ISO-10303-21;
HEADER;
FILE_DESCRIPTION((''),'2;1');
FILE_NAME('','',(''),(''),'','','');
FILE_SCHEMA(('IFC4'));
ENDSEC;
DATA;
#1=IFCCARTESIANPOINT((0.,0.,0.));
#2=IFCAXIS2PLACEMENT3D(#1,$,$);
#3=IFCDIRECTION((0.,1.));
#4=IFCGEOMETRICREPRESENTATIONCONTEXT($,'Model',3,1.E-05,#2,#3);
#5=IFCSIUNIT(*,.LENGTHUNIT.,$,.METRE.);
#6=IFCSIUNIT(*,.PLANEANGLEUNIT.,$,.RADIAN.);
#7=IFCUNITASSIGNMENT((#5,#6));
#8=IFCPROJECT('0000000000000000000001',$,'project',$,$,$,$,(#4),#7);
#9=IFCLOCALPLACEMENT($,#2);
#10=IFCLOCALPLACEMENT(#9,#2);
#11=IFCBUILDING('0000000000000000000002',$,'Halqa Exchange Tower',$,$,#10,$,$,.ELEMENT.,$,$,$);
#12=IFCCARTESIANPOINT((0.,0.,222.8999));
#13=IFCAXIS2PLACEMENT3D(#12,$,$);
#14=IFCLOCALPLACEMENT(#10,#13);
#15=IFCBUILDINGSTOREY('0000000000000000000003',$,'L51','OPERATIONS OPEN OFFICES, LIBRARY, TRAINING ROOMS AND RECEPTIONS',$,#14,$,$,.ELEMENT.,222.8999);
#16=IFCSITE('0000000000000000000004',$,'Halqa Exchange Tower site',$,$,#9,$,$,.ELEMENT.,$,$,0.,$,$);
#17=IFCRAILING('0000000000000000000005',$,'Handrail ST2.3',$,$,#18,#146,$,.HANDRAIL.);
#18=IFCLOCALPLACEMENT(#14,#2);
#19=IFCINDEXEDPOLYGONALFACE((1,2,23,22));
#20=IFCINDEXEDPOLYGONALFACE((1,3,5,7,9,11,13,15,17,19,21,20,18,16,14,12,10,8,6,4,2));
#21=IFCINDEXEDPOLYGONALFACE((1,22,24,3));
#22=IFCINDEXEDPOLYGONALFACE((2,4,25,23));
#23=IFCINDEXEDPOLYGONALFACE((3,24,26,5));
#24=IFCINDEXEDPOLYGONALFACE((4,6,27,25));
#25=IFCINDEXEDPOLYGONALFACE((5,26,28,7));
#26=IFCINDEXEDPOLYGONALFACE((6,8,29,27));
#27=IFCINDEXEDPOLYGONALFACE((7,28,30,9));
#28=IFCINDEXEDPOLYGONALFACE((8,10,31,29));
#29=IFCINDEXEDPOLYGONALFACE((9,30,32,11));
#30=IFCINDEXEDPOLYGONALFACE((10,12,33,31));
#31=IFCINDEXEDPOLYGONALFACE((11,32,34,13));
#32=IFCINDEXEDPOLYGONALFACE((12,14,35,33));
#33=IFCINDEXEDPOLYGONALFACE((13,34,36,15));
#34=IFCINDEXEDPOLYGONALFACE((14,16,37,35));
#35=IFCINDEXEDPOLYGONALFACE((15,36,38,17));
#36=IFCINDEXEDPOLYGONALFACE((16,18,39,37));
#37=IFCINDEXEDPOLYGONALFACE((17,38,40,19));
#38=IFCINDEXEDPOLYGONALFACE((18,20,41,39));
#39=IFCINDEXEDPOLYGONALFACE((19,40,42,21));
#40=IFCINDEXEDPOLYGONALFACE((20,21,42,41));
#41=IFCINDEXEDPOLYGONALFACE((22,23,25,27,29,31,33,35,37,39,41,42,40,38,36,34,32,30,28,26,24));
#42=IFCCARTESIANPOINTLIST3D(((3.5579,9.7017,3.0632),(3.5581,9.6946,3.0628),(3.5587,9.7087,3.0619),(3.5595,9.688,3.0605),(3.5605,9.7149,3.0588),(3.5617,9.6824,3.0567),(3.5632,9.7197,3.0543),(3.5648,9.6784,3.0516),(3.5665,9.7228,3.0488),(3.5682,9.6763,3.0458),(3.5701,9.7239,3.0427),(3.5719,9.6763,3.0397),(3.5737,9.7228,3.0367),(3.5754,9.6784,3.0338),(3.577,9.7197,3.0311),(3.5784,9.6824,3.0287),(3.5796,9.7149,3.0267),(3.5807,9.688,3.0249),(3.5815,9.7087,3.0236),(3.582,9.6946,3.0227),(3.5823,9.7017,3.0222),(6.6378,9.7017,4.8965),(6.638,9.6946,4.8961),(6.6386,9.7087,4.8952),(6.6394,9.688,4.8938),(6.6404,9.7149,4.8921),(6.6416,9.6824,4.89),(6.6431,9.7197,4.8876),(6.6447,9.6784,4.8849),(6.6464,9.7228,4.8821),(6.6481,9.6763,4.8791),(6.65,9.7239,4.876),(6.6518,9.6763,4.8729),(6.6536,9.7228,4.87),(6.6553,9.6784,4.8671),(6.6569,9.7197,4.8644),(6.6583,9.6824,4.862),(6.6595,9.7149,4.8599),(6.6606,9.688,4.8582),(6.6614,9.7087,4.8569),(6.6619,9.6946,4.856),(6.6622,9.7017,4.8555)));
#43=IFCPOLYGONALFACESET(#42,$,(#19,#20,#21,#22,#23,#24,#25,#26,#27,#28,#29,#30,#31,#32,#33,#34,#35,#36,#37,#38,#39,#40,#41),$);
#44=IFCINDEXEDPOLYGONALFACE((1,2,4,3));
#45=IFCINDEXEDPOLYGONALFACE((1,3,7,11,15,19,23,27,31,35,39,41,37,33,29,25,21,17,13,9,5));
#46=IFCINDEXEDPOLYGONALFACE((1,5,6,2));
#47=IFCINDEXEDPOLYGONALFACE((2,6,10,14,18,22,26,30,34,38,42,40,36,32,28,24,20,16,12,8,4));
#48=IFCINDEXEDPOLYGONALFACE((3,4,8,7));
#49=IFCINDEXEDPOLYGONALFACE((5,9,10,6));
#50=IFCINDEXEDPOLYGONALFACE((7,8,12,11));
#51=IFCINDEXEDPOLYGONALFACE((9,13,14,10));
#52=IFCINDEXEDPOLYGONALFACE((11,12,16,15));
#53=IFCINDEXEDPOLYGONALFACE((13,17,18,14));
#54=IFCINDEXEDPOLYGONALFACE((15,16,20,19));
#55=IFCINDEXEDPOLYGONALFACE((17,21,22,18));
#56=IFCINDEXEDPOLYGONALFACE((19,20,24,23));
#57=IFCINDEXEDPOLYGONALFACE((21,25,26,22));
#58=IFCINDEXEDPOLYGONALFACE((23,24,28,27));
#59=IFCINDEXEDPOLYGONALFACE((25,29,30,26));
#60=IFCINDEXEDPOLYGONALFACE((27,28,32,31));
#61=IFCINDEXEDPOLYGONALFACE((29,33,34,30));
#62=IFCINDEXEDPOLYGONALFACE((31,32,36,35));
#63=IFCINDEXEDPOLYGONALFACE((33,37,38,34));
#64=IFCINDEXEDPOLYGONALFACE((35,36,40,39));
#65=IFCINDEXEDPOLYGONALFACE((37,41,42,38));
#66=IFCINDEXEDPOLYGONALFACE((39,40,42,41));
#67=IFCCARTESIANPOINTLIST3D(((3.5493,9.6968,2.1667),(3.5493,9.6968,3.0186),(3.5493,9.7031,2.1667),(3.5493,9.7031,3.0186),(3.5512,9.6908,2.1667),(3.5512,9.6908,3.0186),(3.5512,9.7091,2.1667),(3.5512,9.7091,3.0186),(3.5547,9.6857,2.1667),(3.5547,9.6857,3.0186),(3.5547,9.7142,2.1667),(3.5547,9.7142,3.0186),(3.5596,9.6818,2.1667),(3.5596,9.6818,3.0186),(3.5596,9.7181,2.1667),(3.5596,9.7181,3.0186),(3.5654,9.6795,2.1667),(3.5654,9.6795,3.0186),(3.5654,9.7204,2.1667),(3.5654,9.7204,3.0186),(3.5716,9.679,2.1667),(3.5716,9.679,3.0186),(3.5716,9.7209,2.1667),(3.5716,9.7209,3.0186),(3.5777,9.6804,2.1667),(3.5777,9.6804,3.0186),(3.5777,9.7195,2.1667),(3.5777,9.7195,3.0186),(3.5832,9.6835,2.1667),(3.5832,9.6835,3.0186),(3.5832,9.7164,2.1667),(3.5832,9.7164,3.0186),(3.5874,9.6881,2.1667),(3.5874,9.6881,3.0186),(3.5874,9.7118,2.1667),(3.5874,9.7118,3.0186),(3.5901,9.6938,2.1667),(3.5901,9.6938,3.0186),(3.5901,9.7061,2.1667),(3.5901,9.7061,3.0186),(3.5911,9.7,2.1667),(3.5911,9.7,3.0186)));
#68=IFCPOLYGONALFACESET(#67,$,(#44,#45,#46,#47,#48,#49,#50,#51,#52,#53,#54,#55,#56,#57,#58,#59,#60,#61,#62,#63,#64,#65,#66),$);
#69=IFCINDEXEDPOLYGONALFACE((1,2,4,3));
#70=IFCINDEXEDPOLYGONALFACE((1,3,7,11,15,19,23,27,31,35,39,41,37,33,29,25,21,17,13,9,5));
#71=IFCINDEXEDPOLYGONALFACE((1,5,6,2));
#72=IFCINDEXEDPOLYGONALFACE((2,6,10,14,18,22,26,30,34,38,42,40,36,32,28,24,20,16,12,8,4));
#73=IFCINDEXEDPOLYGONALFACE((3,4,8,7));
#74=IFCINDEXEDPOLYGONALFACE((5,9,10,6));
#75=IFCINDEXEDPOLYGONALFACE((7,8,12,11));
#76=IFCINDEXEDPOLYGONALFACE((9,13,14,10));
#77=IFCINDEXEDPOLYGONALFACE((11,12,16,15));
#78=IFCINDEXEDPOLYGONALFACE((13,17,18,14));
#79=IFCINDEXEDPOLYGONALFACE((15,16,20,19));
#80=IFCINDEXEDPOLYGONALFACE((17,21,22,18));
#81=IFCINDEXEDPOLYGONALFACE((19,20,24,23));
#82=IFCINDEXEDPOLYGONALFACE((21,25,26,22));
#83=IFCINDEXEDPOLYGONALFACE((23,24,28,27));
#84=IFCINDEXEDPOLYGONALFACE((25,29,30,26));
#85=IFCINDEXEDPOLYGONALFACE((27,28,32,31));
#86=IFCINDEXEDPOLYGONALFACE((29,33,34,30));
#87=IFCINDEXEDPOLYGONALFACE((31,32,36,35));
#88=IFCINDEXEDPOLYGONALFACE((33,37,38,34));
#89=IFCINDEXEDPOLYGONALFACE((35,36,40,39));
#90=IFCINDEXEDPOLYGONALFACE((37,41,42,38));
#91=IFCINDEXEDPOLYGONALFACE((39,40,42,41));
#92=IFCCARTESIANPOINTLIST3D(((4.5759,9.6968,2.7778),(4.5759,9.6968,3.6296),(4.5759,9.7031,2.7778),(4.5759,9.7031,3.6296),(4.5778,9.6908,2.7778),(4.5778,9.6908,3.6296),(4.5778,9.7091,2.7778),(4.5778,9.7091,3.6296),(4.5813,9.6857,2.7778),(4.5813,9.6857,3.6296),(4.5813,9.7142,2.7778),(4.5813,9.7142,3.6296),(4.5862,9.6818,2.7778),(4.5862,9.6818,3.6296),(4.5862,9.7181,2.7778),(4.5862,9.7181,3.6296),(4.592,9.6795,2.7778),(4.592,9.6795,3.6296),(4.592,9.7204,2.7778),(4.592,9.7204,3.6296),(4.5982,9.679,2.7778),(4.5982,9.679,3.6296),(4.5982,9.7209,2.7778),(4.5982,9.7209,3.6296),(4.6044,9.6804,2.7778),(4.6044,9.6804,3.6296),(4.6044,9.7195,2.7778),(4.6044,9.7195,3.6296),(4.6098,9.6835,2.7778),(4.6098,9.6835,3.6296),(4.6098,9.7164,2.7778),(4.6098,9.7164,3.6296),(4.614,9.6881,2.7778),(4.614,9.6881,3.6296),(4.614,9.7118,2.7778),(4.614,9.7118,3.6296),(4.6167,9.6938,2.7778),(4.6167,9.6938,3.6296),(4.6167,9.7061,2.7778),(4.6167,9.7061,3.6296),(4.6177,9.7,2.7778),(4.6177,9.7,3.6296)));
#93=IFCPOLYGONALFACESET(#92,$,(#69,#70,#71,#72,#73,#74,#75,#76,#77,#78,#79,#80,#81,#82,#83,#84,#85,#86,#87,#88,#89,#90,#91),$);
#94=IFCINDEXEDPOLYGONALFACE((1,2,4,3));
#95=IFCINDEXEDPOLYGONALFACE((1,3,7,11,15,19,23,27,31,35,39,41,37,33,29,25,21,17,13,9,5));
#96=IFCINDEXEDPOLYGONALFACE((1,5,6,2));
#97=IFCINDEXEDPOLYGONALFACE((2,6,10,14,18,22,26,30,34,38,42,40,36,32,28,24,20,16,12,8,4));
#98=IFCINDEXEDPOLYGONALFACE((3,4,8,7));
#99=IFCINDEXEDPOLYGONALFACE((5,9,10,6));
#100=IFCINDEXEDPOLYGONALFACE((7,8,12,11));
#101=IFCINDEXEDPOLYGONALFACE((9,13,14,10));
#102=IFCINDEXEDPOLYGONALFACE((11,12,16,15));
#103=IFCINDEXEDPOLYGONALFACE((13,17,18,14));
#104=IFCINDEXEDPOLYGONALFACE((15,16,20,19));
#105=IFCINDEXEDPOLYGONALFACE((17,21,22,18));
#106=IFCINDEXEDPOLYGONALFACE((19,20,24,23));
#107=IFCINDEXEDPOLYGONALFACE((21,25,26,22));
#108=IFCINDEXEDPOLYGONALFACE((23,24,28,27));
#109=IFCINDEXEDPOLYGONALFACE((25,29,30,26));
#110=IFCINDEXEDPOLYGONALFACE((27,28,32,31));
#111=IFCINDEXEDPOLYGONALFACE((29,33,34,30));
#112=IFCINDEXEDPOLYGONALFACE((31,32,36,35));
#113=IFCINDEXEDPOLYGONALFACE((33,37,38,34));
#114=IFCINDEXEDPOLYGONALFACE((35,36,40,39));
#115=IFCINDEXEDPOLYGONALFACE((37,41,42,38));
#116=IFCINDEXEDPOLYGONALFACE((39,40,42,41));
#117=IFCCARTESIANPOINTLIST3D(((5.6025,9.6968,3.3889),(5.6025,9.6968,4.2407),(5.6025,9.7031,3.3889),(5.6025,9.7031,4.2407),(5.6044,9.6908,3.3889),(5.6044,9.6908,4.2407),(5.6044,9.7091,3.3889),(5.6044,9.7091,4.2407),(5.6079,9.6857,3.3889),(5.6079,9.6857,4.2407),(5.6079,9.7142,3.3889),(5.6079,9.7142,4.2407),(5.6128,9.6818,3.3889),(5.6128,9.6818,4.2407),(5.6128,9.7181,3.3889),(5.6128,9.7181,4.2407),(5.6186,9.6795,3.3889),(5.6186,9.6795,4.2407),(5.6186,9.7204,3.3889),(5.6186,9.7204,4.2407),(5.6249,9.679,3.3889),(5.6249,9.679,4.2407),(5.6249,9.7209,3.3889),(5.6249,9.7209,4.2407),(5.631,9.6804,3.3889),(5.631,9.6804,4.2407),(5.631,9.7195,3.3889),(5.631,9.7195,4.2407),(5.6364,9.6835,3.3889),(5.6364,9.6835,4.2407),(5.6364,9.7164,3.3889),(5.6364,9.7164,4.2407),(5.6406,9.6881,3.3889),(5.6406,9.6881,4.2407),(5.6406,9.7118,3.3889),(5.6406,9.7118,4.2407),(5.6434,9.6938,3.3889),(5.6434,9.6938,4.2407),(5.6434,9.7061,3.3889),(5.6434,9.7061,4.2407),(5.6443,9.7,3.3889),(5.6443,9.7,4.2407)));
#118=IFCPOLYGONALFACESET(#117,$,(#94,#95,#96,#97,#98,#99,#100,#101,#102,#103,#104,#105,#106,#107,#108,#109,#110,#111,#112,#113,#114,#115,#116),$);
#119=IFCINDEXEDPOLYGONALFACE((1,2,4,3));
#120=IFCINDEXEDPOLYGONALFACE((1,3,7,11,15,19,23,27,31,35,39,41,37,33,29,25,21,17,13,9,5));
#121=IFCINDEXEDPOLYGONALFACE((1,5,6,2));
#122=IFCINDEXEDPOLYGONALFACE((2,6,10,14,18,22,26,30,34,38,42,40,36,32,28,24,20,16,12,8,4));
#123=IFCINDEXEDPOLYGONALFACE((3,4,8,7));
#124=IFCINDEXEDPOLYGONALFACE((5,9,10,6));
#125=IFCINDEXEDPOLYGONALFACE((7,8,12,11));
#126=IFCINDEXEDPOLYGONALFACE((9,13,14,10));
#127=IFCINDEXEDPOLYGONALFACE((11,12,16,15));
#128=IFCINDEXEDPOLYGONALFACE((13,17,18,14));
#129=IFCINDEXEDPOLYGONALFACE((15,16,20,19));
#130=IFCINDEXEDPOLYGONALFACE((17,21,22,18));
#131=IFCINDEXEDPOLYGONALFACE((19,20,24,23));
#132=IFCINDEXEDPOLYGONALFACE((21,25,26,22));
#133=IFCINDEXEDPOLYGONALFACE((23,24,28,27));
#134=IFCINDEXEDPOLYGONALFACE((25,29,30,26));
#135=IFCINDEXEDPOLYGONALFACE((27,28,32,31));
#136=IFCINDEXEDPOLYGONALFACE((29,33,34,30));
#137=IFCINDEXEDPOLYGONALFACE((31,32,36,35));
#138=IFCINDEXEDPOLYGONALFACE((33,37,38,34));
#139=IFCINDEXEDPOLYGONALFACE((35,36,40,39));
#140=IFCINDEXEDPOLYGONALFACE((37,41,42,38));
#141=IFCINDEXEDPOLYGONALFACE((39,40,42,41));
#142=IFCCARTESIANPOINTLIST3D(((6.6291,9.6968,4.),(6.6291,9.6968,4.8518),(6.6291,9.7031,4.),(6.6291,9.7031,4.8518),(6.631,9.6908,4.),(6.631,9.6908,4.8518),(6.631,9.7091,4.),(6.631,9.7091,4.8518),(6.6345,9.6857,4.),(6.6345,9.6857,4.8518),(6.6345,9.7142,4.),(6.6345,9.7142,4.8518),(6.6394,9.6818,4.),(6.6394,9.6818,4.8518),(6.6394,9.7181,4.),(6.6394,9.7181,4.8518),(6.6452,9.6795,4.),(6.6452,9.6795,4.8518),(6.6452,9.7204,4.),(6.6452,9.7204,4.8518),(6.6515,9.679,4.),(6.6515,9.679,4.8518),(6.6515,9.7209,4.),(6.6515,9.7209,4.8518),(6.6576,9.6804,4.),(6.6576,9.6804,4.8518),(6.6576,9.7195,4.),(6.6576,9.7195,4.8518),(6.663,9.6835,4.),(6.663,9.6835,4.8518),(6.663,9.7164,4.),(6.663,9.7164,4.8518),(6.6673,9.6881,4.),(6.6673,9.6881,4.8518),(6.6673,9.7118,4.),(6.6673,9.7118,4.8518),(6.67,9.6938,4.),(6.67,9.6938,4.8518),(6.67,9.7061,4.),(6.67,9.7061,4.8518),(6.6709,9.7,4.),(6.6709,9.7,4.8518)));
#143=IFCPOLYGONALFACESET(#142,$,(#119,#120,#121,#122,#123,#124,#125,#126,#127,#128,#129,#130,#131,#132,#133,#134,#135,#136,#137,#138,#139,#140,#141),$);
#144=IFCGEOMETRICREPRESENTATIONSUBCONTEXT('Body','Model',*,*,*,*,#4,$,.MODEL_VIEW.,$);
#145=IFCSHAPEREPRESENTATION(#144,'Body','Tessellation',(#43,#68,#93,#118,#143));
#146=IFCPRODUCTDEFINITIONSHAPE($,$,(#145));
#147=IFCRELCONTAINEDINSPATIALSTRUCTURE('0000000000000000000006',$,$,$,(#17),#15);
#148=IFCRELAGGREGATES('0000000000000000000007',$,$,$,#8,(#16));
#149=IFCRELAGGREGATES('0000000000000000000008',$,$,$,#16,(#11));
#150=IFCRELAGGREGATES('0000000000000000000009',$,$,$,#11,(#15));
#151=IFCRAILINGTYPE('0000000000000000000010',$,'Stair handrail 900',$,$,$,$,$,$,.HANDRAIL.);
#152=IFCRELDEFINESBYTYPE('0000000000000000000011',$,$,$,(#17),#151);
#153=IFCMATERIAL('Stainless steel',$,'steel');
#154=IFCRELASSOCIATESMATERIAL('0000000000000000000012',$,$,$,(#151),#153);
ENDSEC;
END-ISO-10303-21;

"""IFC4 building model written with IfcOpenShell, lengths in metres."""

from ifc_helpers import new_model, si_unit, direction, frame, origin, origin_2d, place, context, subcontext, project, spatial, circle, extrude, material, type_object, element, save


model = new_model("IFC4")

# Units and contexts
model_context = context("Model", 3, precision=1e-05, world=origin(), true_north=direction((0.0, 1.0)))
body_context = subcontext(model_context, "Body", "Model", "MODEL_VIEW")
ifc_project = project(units=[si_unit("LENGTHUNIT", "METRE"), si_unit("PLANEANGLEUNIT", "RADIAN")], contexts=[model_context])

# Site, building, storey
site_placement = place(None, origin())
site = spatial("IfcSite", under=ifc_project, at=site_placement, Name="Halqa Exchange Tower site", CompositionType="ELEMENT", RefElevation=0.0)
building_placement = place(site_placement, origin())
building = spatial("IfcBuilding", under=site, at=building_placement, Name="Halqa Exchange Tower", CompositionType="ELEMENT")
storey_placement = place(building_placement, frame((0.0, 0.0, 222.8999)))
storey = spatial("IfcBuildingStorey", under=building, at=storey_placement, Name="L51", Description="OPERATIONS OPEN OFFICES, LIBRARY, TRAINING ROOMS AND RECEPTIONS", CompositionType="ELEMENT", Elevation=222.8999)

# Railing
ifc_material_1 = material(Name="Stainless steel", Category="steel")
railing_type_1 = type_object("IfcRailingType", Name="Stair handrail 900", PredefinedType="HANDRAIL", material=ifc_material_1)
railing_1_placement = place(storey_placement, frame((3.5701, 9.7, 2.1667)))
element("IfcRailing", 1, at=railing_1_placement, inside=storey, type_object=railing_type_1, Name="Handrail ST2.3", PredefinedType="HANDRAIL", context=body_context, shape_type="SweptSolid", body=[
    extrude(circle(Radius=0.0239, at=origin_2d()), frame((0.0, 0.0, 0.876), z_axis=(0.859291, 0.0, 0.511487), x_axis=(0.0, 1.0, 0.0)), (0.0, 0.0, 1.0), 3.5842),
    extrude(circle(Radius=0.021, at=origin_2d()), origin(), (0.0, 0.0, 1.0), 0.8518),
    extrude(circle(Radius=0.021, at=origin_2d()), frame((1.0266, 0.0, 0.6111)), (0.0, 0.0, 1.0), 0.8518),
    extrude(circle(Radius=0.021, at=origin_2d()), frame((2.0532, 0.0, 1.2222)), (0.0, 0.0, 1.0), 0.8518),
    extrude(circle(Radius=0.021, at=origin_2d()), frame((3.0798, 0.0, 1.8333)), (0.0, 0.0, 1.0), 0.8518),
])

save(model, "model.ifc")
